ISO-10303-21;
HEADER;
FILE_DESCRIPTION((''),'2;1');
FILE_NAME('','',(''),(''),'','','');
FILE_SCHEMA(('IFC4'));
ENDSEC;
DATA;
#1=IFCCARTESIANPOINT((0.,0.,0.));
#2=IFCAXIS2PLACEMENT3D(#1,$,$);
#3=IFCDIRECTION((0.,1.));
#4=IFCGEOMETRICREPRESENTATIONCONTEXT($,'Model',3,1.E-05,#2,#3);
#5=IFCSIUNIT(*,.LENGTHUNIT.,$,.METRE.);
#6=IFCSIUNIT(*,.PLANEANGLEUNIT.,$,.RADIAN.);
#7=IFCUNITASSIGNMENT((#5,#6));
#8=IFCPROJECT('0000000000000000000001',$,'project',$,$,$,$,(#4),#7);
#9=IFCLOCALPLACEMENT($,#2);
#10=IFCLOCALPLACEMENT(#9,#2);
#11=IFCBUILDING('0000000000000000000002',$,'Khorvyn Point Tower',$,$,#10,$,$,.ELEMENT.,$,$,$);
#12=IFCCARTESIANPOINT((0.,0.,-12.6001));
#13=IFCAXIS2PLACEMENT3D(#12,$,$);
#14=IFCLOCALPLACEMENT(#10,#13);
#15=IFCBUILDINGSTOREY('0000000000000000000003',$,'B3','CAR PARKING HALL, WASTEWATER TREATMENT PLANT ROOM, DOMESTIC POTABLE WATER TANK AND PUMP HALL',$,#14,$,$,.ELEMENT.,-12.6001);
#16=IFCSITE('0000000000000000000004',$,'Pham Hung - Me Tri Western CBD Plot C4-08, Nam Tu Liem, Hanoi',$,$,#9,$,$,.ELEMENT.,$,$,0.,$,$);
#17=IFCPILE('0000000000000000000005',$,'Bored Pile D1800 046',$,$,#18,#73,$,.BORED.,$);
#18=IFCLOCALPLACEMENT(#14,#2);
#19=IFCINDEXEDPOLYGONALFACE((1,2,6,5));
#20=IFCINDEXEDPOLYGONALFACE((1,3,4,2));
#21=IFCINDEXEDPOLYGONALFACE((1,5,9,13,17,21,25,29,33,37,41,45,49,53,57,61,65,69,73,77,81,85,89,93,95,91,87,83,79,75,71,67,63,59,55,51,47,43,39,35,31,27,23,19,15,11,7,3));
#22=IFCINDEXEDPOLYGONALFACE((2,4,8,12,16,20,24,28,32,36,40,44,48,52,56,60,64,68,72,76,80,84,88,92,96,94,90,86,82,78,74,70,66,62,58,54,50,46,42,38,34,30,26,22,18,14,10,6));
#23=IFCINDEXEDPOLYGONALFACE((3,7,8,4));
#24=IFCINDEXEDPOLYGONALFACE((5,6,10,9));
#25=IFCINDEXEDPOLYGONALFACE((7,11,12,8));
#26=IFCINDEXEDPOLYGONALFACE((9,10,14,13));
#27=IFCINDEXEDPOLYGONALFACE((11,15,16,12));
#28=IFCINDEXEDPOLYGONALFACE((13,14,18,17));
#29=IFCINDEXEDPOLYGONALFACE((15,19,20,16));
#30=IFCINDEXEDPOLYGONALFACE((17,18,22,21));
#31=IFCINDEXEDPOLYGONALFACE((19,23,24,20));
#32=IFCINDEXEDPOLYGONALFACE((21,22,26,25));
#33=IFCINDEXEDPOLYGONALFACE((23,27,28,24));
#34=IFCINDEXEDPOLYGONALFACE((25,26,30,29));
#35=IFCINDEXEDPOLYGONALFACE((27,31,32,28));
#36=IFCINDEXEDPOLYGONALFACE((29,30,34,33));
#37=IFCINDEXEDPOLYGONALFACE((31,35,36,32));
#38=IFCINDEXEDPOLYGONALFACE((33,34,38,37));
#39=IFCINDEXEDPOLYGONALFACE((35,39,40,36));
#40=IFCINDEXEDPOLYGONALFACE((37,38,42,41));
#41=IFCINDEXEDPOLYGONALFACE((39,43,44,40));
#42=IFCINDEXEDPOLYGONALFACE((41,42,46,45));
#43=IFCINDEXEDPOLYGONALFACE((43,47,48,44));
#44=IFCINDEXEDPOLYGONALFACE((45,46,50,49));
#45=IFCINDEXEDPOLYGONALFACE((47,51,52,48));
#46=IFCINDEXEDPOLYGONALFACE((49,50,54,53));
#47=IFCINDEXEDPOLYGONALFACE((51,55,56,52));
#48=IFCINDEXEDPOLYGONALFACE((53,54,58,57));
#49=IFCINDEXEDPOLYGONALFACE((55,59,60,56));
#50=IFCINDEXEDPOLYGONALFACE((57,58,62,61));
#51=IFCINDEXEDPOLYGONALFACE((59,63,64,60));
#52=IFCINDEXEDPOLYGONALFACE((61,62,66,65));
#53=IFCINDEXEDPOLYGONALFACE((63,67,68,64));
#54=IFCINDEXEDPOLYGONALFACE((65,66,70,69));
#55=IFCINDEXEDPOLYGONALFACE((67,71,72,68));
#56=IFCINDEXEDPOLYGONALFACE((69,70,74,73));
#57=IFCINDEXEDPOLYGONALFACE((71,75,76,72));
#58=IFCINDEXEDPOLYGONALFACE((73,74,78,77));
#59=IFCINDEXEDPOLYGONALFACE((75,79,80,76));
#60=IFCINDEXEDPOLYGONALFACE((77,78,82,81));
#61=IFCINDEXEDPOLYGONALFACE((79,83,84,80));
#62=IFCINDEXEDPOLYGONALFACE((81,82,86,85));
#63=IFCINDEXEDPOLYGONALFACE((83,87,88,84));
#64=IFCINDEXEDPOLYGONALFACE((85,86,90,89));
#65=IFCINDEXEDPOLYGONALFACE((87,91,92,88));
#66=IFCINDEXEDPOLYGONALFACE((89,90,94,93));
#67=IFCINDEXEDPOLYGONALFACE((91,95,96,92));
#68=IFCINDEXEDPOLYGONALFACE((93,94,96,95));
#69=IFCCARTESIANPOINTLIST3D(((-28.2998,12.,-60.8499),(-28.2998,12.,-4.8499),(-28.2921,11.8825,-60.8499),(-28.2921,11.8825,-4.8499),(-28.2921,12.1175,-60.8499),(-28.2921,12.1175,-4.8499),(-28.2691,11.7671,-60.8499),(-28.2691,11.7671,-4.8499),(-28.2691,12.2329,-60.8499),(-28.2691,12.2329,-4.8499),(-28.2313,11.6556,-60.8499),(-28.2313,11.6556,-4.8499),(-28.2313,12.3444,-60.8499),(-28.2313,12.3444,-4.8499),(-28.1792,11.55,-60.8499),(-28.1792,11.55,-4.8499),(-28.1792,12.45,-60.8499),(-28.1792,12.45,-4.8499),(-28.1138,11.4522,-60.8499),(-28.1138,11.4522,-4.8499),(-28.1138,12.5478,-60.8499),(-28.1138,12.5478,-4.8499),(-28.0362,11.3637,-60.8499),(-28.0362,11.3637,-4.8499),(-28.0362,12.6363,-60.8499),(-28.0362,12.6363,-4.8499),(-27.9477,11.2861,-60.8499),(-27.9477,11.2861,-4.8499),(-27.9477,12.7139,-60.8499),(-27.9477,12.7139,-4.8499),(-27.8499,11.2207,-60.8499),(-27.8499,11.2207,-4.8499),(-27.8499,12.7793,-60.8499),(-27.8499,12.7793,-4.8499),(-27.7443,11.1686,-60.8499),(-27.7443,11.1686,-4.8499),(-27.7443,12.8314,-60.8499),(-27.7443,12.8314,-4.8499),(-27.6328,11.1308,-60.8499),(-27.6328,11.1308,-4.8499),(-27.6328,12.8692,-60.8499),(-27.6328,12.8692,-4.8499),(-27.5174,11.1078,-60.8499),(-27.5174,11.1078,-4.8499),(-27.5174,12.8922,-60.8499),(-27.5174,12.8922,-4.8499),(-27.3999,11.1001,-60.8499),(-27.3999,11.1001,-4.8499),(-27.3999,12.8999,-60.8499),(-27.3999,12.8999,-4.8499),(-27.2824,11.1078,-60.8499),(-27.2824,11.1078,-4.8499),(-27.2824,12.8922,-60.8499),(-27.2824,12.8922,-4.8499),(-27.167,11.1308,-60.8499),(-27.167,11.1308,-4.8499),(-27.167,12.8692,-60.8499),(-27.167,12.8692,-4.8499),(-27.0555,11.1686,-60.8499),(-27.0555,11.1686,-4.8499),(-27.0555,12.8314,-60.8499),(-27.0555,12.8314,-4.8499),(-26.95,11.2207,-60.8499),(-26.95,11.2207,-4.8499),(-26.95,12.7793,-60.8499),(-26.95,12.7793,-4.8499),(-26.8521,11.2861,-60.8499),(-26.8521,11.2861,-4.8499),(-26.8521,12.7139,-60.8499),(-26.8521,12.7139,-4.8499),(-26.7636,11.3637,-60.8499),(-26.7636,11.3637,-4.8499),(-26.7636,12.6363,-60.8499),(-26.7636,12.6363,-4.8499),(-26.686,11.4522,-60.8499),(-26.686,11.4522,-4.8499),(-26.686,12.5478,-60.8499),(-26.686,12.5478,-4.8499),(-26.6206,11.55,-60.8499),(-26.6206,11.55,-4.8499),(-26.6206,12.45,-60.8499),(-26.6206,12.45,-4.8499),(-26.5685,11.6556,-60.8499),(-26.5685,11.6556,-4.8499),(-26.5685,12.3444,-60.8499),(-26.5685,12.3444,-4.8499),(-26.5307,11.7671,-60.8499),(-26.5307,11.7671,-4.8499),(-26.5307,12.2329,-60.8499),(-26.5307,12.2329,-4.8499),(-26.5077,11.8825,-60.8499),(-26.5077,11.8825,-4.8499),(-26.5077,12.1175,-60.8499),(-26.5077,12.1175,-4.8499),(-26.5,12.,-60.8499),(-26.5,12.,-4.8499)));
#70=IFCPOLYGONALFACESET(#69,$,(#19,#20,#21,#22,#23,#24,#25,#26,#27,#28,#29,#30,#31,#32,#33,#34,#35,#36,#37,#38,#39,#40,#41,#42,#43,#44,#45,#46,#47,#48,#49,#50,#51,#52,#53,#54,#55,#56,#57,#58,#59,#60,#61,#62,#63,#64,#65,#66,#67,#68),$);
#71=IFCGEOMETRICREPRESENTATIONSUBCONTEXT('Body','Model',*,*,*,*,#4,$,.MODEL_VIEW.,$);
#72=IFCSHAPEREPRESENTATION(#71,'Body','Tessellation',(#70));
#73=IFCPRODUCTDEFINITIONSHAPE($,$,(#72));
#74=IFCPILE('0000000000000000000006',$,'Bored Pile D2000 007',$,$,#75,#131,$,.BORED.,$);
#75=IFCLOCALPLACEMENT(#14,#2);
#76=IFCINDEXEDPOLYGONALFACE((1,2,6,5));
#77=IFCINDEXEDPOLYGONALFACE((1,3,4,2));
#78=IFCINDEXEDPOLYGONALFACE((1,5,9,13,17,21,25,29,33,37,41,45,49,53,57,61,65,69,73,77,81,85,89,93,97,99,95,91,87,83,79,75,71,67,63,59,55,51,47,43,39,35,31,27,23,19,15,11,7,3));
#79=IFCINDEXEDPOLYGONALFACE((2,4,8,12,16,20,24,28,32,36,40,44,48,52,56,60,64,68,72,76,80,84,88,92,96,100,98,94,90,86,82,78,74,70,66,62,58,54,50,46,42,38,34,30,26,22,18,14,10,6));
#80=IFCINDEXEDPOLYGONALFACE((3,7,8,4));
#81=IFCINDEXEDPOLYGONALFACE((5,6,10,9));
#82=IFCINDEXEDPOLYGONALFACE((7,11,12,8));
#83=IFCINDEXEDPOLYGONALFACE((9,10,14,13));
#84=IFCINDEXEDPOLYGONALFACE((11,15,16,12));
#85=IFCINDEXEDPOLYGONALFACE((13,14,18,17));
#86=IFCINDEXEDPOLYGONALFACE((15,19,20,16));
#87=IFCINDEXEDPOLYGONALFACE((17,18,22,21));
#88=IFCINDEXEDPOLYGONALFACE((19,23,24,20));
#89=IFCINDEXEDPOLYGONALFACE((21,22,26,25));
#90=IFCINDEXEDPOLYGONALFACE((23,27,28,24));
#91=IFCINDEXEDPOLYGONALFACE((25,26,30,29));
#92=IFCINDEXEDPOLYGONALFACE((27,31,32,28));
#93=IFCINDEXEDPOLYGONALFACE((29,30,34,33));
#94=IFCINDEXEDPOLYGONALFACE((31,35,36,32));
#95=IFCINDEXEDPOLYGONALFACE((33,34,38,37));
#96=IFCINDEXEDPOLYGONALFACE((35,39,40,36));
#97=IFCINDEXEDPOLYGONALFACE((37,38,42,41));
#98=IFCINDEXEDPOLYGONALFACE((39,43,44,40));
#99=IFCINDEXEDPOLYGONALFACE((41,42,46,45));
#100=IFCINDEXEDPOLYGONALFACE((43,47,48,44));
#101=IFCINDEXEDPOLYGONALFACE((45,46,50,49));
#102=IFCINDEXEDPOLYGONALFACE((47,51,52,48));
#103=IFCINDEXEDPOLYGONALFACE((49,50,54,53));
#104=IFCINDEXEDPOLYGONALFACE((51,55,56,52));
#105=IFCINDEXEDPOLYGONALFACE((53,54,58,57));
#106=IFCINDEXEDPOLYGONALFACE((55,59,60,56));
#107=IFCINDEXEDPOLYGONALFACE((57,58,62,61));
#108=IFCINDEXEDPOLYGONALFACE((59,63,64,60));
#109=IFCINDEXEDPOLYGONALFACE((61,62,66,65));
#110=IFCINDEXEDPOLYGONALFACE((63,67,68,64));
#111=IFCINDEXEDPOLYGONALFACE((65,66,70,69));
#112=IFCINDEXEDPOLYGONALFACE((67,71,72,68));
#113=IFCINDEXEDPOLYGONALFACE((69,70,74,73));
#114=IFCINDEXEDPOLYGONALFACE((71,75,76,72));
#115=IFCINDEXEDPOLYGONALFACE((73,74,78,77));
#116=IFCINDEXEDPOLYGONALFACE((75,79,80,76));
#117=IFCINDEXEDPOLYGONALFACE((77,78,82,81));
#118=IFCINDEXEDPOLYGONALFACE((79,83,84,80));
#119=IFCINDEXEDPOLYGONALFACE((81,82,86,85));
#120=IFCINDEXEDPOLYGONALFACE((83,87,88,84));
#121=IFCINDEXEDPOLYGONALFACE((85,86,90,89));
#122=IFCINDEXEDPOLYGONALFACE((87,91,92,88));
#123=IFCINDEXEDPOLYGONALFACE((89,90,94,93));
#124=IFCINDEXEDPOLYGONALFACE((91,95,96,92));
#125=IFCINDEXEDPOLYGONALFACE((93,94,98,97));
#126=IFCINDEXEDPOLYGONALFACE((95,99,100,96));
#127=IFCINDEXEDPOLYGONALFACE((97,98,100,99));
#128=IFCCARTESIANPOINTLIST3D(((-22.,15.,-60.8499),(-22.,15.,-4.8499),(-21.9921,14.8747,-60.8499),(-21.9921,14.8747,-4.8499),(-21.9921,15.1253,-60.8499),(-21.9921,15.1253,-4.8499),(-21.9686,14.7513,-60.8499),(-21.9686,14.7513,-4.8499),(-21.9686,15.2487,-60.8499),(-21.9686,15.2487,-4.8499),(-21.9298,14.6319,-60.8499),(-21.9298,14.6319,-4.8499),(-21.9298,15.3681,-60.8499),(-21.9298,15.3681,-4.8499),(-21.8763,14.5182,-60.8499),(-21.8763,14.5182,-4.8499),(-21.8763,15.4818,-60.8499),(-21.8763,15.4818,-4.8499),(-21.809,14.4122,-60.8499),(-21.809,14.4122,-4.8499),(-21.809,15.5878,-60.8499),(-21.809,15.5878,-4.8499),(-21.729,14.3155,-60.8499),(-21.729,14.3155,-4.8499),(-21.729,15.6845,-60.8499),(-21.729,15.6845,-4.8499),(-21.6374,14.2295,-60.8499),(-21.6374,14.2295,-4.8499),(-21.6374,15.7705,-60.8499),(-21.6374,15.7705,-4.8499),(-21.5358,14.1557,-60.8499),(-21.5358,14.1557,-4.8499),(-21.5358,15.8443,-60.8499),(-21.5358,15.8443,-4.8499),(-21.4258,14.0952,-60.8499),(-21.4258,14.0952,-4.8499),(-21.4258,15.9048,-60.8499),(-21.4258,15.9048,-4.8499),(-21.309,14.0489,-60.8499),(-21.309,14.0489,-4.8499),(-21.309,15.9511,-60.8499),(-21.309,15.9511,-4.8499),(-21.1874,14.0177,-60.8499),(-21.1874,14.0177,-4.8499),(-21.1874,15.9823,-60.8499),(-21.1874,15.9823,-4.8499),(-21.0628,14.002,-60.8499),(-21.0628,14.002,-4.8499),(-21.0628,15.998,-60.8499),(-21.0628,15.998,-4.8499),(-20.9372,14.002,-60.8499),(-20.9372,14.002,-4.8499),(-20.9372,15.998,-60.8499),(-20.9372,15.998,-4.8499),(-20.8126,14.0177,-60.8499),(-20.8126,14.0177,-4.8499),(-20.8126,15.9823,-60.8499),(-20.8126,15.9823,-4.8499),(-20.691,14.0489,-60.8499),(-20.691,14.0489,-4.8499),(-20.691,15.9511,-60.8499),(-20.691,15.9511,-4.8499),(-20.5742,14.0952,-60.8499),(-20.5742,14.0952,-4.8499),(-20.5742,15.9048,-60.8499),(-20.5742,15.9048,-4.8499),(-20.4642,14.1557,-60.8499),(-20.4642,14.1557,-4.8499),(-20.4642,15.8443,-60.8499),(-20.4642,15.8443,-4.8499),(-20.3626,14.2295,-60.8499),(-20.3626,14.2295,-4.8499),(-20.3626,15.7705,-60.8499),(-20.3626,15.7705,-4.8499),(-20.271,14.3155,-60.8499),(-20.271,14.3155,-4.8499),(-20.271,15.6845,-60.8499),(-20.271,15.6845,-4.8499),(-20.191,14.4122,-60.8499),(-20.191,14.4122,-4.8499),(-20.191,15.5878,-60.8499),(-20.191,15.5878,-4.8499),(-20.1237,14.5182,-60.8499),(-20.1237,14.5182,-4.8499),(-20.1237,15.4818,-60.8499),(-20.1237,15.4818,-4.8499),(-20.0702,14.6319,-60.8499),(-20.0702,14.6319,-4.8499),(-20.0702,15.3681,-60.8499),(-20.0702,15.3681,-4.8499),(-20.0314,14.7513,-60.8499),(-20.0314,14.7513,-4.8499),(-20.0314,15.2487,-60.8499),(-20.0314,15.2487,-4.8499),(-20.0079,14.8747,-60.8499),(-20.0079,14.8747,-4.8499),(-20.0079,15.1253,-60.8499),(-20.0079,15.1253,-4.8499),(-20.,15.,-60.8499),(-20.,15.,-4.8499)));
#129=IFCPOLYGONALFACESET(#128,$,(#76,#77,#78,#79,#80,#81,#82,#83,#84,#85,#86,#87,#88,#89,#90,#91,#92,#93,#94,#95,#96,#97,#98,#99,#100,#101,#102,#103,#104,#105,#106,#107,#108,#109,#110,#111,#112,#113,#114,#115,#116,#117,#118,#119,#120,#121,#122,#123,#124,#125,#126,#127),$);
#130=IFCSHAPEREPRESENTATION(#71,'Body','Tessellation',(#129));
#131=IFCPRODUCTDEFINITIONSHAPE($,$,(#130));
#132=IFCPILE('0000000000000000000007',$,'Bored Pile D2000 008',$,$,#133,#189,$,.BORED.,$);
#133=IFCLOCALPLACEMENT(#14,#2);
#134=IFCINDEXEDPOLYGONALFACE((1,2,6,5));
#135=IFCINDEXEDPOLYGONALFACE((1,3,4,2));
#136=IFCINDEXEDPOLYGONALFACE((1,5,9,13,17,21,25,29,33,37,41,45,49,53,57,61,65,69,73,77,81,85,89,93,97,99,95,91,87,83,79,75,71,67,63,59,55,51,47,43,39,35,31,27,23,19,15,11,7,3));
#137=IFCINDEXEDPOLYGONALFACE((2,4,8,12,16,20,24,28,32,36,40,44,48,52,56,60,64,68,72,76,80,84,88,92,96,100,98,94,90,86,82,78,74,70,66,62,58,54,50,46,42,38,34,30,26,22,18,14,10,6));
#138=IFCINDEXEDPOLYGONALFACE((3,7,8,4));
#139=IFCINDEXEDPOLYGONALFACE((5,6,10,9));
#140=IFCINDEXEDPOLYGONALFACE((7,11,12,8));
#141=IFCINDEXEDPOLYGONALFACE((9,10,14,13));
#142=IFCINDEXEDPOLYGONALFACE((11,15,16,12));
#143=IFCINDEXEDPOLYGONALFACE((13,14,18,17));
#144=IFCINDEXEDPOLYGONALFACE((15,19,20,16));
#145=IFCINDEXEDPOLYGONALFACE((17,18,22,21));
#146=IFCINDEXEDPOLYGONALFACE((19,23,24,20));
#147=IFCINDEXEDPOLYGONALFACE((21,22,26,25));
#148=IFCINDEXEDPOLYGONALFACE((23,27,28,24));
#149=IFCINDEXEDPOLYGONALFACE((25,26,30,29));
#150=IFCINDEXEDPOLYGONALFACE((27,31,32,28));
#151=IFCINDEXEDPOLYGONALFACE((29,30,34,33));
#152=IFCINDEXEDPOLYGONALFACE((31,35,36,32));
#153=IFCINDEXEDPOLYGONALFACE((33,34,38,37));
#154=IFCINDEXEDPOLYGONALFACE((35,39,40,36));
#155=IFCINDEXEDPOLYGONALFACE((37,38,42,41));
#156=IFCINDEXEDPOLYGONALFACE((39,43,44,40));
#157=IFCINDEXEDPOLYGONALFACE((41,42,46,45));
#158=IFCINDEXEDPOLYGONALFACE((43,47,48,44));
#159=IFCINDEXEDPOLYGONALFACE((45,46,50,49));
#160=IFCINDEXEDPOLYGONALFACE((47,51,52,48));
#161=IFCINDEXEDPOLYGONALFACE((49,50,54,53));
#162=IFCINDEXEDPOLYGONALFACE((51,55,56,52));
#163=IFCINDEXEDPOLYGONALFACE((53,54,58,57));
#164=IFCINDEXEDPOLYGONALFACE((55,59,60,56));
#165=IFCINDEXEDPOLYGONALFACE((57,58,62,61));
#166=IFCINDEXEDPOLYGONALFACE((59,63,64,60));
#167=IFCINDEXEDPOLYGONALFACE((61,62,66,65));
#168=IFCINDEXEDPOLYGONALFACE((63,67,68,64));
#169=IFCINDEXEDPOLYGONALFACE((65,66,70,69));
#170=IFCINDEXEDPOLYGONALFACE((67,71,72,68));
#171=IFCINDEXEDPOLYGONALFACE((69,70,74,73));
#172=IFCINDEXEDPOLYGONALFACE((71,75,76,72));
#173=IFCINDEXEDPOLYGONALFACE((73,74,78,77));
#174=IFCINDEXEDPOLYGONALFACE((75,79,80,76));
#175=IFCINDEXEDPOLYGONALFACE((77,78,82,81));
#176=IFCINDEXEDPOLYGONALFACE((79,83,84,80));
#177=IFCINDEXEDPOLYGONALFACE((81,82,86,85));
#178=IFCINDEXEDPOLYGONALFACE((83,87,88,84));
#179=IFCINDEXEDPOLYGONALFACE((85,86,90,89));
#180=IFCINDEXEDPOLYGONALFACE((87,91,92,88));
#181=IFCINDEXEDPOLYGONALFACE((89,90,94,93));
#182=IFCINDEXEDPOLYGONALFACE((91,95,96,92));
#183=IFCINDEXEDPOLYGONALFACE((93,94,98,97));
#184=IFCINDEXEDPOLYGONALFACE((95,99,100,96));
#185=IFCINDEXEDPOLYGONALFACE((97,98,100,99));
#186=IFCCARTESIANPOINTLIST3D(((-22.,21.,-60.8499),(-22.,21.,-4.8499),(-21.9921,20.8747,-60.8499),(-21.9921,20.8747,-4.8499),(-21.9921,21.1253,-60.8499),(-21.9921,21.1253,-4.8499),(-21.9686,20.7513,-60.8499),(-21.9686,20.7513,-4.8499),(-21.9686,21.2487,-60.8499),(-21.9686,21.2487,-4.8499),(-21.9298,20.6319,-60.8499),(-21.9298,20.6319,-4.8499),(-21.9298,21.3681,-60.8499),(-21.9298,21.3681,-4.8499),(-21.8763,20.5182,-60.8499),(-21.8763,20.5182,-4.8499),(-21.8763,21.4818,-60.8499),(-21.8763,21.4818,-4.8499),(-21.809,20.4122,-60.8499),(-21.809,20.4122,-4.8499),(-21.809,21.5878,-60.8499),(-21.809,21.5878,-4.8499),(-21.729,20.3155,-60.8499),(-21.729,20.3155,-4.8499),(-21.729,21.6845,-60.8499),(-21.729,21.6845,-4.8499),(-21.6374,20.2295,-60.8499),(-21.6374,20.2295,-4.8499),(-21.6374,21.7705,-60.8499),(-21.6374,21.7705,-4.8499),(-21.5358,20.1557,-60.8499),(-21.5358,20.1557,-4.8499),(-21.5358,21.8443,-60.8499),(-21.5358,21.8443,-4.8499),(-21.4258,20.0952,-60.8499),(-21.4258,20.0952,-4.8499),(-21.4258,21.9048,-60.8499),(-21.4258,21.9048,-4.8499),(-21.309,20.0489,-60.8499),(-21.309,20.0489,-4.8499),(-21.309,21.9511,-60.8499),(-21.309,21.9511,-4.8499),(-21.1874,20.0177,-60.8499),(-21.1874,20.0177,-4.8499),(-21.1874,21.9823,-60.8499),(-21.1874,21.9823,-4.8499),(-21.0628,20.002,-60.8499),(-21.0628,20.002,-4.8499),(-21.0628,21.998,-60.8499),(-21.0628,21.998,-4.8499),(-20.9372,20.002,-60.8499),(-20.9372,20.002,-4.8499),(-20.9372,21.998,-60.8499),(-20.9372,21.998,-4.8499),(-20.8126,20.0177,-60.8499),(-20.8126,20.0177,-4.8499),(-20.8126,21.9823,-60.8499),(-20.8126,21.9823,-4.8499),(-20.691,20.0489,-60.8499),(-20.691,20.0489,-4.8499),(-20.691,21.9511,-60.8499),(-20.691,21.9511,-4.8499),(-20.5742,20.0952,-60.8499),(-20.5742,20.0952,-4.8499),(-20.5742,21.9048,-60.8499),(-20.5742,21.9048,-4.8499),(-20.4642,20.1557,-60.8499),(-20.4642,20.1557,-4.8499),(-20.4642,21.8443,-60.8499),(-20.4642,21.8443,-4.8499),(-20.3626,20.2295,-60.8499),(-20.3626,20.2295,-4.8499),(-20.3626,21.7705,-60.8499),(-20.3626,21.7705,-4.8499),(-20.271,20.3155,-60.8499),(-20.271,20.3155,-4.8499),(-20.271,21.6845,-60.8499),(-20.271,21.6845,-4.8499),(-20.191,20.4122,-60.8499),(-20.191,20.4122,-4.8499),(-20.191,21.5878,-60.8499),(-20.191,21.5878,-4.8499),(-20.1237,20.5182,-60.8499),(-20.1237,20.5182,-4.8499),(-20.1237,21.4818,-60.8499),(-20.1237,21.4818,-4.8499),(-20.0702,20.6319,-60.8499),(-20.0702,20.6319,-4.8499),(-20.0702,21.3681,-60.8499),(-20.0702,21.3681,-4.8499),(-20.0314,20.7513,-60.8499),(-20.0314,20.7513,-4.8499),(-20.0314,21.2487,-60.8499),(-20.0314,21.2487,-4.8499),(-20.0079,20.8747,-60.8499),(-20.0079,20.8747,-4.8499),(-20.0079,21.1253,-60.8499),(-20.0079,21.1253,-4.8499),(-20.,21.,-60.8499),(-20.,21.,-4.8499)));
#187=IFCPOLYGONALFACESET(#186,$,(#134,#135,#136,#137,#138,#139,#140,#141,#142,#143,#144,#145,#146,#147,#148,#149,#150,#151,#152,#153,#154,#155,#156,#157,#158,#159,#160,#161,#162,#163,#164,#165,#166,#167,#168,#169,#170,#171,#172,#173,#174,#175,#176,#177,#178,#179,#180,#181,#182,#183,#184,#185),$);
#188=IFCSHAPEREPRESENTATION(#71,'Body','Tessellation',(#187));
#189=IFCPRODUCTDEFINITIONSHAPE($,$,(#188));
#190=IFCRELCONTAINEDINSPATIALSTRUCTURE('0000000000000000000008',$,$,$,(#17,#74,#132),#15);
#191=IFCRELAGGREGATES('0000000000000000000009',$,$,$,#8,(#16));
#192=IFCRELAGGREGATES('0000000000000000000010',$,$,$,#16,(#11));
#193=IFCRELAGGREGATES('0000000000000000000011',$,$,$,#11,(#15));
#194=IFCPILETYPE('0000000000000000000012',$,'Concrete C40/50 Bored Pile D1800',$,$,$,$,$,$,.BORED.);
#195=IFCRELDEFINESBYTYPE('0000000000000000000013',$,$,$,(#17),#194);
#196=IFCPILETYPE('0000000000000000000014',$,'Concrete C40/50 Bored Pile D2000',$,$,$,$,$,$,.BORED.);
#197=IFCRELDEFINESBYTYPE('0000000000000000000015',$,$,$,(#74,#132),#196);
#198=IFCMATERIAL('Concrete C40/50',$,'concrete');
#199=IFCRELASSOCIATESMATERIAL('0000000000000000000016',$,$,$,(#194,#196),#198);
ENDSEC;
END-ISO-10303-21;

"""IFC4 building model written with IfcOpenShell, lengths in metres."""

from ifc_helpers import new_model, si_unit, direction, frame, origin, origin_2d, place, context, subcontext, project, spatial, circle, extrude, material, material_profile, profile_set, type_object, element, save


model = new_model("IFC4")

# Units and contexts
model_context = context("Model", 3, precision=1e-05, world=origin(), true_north=direction((0.0, 1.0)))
body_context = subcontext(model_context, "Body", "Model", "MODEL_VIEW")
ifc_project = project(units=[si_unit("LENGTHUNIT", "METRE"), si_unit("PLANEANGLEUNIT", "RADIAN")], contexts=[model_context])

# Site, building, storey
site_placement = place(None, origin())
site = spatial("IfcSite", under=ifc_project, at=site_placement, Name="Pham Hung - Me Tri Western CBD Plot C4-08, Nam Tu Liem, Hanoi", CompositionType="ELEMENT", RefElevation=0.0)
building_placement = place(site_placement, origin())
building = spatial("IfcBuilding", under=site, at=building_placement, Name="Khorvyn Point Tower", CompositionType="ELEMENT")
storey_placement = place(building_placement, frame((0.0, 0.0, -12.6001)))
storey = spatial("IfcBuildingStorey", under=building, at=storey_placement, Name="B3", Description="CAR PARKING HALL, WASTEWATER TREATMENT PLANT ROOM, DOMESTIC POTABLE WATER TANK AND PUMP HALL", CompositionType="ELEMENT", Elevation=-12.6001)

# Piles
ifc_material_1 = material(Name="Concrete C40/50", Category="concrete")
ifc_material_profile_1 = material_profile(ifc_material_1, circle(Radius=0.8999, at=origin_2d()))
ifc_profile_set_1 = profile_set([ifc_material_profile_1], Name="Concrete C40/50 PILE-D1800")
pile_type_1 = type_object("IfcPileType", Name="Concrete C40/50 Bored Pile D1800", PredefinedType="BORED", material=ifc_profile_set_1)
for number, where, z_axis, x_axis, name in (
    (1, (-27.3999, 12.0, -4.8499), (0.0, 0.0, -1.0), (1.0, 0.0, 0.0), "Bored Pile D1800 046"),
):
    element("IfcPile", number, at=place(storey_placement, frame(where, z_axis=z_axis, x_axis=x_axis)), inside=storey, type_object=pile_type_1, Name=name, PredefinedType="BORED", context=body_context, shape_type="SweptSolid", body=[
        extrude(circle(Radius=0.8999, at=origin_2d()), origin(), (0.0, 0.0, 1.0), 56.0),
    ])
ifc_material_profile_2 = material_profile(ifc_material_1, circle(Radius=1.0, at=origin_2d()))
ifc_profile_set_2 = profile_set([ifc_material_profile_2], Name="Concrete C40/50 PILE-D2000")
pile_type_2 = type_object("IfcPileType", Name="Concrete C40/50 Bored Pile D2000", PredefinedType="BORED", material=ifc_profile_set_2)
for number, where, z_axis, x_axis, name in (
    (2, (-21.0, 15.0, -4.8499), (0.0, 0.0, -1.0), (1.0, 0.0, 0.0), "Bored Pile D2000 007"),
    (3, (-21.0, 21.0, -4.8499), (0.0, 0.0, -1.0), (1.0, 0.0, 0.0), "Bored Pile D2000 008"),
):
    element("IfcPile", number, at=place(storey_placement, frame(where, z_axis=z_axis, x_axis=x_axis)), inside=storey, type_object=pile_type_2, Name=name, PredefinedType="BORED", context=body_context, shape_type="SweptSolid", body=[
        extrude(circle(Radius=1.0, at=origin_2d()), origin(), (0.0, 0.0, 1.0), 56.0),
    ])

save(model, "model.ifc")
